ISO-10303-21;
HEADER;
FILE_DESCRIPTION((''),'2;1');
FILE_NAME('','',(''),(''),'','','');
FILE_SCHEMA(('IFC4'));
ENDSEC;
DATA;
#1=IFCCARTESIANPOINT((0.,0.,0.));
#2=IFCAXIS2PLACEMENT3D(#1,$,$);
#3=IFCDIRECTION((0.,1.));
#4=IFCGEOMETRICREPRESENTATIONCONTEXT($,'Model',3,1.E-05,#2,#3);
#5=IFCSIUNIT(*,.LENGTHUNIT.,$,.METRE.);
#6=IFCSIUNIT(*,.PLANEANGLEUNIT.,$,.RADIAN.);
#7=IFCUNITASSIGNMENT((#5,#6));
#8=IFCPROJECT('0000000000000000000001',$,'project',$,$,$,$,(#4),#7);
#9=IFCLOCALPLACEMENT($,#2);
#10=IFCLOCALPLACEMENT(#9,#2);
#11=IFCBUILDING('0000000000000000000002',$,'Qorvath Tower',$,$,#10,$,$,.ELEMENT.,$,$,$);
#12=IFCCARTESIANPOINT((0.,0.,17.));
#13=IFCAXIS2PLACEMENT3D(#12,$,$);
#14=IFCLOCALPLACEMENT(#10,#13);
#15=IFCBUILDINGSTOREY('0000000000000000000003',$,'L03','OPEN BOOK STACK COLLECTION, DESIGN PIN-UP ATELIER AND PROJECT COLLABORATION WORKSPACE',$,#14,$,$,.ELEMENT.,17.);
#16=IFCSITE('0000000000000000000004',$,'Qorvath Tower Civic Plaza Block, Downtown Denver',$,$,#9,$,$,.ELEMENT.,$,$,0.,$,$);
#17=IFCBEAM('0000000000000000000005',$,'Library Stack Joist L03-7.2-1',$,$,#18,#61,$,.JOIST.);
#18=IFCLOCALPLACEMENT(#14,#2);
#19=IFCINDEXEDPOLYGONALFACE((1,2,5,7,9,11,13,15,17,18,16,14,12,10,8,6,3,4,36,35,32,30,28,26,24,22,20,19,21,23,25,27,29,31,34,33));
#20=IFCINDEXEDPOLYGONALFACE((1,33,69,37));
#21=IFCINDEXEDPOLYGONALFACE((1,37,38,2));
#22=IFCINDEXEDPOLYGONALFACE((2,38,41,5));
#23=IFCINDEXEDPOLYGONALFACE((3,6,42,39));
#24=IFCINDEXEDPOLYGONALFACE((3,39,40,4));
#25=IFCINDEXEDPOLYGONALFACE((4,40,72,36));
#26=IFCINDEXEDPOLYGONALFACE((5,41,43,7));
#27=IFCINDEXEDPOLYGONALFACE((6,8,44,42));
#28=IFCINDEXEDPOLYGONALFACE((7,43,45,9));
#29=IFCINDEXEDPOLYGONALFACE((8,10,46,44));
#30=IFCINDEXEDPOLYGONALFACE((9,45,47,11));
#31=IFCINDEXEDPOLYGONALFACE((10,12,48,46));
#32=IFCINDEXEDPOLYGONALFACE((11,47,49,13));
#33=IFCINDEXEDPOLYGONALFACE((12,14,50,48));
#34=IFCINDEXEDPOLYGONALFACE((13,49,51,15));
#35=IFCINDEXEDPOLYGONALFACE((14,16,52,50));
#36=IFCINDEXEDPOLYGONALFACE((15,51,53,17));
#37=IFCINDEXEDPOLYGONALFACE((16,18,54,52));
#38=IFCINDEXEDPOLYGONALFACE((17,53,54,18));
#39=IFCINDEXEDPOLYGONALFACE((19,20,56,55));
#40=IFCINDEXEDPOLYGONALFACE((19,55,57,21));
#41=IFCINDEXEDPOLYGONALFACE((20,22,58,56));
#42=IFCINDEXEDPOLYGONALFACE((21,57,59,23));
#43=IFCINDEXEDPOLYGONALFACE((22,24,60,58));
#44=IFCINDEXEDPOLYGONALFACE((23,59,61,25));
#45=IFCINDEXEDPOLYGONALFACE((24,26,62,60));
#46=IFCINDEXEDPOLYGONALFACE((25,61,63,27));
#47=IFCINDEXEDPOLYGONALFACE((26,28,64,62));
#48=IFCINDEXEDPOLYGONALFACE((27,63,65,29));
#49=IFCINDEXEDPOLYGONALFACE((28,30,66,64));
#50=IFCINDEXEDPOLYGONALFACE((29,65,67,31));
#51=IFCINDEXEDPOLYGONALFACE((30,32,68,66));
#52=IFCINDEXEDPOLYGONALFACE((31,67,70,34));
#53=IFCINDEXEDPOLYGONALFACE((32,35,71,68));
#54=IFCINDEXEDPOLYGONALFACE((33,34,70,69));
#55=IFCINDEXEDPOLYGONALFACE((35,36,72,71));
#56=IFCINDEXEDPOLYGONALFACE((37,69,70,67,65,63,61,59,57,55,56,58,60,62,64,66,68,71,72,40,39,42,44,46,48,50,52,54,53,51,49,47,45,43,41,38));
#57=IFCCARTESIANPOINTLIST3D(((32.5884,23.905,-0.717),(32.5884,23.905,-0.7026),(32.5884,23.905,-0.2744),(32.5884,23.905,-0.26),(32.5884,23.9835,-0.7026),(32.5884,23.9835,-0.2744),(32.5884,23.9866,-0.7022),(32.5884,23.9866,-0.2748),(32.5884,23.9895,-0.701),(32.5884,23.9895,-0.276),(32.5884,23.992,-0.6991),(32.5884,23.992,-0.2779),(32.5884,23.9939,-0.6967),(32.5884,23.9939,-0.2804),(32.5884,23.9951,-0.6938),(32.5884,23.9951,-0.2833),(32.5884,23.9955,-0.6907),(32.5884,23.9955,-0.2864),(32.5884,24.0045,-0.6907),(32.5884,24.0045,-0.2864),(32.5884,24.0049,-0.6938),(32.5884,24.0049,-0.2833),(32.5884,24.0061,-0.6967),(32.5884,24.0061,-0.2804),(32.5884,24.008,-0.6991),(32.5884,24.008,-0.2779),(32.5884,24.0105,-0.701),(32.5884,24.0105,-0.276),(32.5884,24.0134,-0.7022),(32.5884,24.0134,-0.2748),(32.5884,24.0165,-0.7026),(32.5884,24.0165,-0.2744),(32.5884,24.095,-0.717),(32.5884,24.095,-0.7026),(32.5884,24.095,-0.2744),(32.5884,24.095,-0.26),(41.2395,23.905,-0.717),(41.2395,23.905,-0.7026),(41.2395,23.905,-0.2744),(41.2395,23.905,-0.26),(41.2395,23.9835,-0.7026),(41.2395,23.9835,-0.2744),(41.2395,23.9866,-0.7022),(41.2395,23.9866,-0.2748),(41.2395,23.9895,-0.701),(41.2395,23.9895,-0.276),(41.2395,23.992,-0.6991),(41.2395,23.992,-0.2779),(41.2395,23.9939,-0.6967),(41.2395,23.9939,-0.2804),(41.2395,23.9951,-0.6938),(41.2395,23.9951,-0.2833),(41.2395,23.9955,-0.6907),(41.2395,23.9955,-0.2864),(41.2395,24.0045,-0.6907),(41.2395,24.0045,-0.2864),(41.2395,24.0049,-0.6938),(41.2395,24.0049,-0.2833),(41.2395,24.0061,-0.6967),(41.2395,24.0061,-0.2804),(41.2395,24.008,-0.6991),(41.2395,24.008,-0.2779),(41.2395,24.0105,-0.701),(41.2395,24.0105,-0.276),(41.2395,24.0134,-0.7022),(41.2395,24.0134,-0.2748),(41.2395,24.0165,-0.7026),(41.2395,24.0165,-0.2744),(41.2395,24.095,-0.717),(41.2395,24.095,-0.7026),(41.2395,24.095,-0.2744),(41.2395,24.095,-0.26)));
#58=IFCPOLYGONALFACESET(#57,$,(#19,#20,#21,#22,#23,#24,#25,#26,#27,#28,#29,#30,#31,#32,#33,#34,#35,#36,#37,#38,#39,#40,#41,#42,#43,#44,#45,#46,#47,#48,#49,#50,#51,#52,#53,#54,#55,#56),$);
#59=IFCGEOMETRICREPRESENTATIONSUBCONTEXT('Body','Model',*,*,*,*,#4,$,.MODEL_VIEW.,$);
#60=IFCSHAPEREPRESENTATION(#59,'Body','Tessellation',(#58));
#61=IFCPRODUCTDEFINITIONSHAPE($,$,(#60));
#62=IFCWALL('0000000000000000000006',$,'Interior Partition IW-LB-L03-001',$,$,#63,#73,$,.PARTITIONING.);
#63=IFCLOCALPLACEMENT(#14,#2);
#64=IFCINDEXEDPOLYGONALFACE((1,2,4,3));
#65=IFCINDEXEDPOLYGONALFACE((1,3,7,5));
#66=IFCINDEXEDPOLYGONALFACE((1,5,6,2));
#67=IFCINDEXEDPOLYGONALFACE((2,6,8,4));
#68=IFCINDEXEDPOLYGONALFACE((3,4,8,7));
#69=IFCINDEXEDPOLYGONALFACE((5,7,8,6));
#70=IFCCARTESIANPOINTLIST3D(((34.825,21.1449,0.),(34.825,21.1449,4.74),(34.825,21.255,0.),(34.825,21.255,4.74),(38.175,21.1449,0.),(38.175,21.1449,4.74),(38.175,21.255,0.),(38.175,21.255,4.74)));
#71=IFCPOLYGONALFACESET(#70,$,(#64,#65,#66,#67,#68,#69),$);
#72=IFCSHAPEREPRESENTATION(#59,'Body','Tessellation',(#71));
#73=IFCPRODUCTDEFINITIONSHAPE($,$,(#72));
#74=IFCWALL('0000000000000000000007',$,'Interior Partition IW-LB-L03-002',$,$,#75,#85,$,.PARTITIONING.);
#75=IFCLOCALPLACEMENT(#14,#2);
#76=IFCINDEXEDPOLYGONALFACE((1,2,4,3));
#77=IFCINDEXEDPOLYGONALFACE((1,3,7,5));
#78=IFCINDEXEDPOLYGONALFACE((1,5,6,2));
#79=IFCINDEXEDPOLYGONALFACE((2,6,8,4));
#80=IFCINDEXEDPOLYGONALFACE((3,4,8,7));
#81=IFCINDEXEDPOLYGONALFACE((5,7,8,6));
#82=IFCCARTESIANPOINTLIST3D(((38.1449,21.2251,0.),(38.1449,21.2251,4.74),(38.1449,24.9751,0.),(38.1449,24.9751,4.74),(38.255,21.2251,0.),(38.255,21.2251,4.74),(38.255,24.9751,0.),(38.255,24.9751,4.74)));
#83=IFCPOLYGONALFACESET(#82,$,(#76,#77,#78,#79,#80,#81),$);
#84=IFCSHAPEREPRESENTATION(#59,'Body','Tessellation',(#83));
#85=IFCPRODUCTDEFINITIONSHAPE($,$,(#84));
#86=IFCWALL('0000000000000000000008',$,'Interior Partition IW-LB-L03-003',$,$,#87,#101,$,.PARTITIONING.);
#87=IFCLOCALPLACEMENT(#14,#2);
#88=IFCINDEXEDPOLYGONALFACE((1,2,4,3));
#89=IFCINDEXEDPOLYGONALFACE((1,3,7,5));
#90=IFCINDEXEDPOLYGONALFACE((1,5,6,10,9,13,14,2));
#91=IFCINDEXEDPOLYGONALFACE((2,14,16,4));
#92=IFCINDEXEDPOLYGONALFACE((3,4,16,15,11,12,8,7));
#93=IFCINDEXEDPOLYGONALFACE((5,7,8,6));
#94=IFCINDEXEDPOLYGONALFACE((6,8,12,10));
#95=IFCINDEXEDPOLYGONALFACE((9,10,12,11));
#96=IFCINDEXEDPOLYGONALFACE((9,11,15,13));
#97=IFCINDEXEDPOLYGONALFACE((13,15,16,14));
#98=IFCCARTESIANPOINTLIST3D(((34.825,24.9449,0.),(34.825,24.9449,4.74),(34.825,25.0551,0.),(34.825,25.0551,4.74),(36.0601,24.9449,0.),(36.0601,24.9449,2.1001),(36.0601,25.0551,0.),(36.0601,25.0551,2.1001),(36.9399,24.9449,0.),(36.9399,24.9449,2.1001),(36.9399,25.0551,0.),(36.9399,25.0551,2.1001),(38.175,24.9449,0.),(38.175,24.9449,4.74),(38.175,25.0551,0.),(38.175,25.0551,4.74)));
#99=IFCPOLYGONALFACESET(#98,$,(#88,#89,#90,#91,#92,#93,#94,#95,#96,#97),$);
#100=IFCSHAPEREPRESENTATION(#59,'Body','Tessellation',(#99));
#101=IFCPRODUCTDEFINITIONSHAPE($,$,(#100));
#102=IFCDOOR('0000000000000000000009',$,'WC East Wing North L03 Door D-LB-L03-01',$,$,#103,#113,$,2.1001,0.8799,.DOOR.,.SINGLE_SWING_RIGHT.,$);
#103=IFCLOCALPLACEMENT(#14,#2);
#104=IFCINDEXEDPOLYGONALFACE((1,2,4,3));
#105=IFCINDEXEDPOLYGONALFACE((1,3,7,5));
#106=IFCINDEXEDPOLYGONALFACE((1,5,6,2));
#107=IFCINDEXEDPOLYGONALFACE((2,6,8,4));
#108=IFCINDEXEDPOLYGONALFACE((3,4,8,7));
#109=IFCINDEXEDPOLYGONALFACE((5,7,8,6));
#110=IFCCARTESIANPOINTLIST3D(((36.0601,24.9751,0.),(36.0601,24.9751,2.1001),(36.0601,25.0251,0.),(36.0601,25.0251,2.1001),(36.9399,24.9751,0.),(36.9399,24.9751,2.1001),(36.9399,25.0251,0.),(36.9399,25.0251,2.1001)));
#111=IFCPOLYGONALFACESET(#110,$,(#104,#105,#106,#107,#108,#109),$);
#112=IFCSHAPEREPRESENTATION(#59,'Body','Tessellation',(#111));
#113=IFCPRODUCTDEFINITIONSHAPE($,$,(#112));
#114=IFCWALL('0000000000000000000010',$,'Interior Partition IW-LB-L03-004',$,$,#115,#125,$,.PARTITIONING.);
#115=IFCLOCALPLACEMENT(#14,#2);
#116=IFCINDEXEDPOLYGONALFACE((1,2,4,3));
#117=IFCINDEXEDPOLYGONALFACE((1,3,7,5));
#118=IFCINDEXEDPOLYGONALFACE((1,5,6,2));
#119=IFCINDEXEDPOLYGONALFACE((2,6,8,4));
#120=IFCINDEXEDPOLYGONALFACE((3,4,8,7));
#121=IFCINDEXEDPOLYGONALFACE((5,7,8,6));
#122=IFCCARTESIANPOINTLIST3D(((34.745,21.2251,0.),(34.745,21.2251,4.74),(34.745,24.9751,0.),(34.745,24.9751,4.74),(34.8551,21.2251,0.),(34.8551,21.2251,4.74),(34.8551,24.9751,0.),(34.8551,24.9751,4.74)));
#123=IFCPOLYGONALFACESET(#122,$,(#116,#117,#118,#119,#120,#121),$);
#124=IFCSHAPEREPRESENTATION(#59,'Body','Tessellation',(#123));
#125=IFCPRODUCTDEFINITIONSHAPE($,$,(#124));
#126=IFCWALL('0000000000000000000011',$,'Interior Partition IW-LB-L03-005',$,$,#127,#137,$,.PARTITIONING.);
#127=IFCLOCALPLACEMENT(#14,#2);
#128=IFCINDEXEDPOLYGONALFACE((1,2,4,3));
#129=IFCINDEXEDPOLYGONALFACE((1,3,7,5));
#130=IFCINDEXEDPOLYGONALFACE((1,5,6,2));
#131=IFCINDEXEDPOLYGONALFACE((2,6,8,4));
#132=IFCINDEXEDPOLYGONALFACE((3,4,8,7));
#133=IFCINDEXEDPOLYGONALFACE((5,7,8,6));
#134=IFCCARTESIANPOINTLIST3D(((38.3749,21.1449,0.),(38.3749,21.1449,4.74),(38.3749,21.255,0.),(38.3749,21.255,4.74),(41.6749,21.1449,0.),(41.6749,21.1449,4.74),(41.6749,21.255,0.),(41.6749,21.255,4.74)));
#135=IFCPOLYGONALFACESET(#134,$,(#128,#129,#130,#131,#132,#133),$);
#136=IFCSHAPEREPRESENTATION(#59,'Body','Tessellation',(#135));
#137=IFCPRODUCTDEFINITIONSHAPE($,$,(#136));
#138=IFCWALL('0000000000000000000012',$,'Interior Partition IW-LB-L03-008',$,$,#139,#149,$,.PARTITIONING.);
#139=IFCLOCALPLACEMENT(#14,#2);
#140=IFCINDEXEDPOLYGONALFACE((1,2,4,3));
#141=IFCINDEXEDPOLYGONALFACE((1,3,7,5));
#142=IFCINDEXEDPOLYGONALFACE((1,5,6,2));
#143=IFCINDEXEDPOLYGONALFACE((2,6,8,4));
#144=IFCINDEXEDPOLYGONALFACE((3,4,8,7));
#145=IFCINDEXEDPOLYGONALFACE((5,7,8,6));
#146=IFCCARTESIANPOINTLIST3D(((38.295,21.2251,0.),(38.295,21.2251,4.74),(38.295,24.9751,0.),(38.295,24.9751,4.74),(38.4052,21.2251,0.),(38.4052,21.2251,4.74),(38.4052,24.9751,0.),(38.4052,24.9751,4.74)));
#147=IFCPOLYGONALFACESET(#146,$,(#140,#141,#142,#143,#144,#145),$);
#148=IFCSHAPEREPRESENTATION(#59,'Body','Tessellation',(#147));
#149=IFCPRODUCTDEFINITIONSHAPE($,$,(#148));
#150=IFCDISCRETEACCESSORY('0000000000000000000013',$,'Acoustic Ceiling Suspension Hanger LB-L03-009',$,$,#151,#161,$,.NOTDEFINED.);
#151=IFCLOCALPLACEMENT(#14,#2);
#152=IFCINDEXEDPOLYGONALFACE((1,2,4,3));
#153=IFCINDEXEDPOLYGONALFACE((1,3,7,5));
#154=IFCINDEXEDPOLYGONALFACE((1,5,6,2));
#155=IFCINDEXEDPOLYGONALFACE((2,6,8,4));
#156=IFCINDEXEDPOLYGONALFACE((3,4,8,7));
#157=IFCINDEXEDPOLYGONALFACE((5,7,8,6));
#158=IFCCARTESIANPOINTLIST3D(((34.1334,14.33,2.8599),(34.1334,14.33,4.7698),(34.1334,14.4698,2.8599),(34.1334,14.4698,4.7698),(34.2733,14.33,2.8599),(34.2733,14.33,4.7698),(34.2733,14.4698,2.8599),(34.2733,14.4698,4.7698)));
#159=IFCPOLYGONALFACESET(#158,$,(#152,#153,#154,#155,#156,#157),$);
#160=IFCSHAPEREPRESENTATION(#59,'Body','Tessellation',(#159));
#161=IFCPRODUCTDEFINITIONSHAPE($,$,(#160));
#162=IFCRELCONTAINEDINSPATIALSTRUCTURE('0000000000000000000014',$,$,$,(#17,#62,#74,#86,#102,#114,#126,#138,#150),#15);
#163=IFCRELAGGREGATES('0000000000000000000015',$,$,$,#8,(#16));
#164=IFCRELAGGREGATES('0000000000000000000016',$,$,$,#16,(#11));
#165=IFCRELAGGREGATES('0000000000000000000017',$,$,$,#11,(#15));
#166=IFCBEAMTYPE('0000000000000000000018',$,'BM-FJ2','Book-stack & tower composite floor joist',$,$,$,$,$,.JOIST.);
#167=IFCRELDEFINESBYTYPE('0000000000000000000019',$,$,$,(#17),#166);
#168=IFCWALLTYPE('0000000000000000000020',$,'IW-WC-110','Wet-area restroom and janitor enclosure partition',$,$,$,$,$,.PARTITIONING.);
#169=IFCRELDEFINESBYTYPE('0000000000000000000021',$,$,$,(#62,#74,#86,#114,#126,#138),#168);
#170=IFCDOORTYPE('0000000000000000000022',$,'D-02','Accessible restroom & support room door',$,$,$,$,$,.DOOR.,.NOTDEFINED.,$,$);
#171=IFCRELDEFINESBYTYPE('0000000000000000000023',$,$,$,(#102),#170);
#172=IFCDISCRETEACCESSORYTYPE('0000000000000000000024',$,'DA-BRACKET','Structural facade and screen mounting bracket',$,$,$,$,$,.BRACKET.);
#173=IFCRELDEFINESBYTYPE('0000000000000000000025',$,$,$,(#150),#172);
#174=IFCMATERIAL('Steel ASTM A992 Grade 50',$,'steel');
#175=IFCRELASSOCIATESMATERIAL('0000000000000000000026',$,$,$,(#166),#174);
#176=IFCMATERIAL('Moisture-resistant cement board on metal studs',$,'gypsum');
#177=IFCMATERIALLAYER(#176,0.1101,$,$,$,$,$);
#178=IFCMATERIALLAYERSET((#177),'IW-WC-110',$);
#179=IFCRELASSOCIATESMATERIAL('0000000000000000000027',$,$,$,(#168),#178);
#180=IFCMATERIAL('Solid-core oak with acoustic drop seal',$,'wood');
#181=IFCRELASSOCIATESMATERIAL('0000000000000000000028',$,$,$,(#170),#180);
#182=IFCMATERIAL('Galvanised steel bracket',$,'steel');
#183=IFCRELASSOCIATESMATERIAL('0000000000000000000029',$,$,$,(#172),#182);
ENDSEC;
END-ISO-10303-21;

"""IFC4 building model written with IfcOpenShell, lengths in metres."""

from ifc_helpers import new_model, si_unit, direction, frame, frame_2d, origin, origin_2d, place, context, subcontext, project, spatial, rectangle, i_section, extrude, material, layer, layer_set, material_profile, profile_set, type_object, element, fill, save


model = new_model("IFC4")

# Units and contexts
model_context = context("Model", 3, precision=1e-05, world=origin(), true_north=direction((0.0, 1.0)))
body_context = subcontext(model_context, "Body", "Model", "MODEL_VIEW")
ifc_project = project(units=[si_unit("LENGTHUNIT", "METRE"), si_unit("PLANEANGLEUNIT", "RADIAN")], contexts=[model_context])

# Site, building, storey
site_placement = place(None, origin())
site = spatial("IfcSite", under=ifc_project, at=site_placement, Name="Qorvath Tower Civic Plaza Block, Downtown Denver", CompositionType="ELEMENT", RefElevation=0.0)
building_placement = place(site_placement, origin())
building = spatial("IfcBuilding", under=site, at=building_placement, Name="Qorvath Tower", CompositionType="ELEMENT")
storey_placement = place(building_placement, frame((0.0, 0.0, 17.0)))
storey = spatial("IfcBuildingStorey", under=building, at=storey_placement, Name="L03", Description="OPEN BOOK STACK COLLECTION, DESIGN PIN-UP ATELIER AND PROJECT COLLABORATION WORKSPACE", CompositionType="ELEMENT", Elevation=17.0)

# Beam
ifc_material_1 = material(Name="Steel ASTM A992 Grade 50", Category="steel")
ifc_material_profile_1 = material_profile(ifc_material_1, i_section(OverallWidth=0.1899, OverallDepth=0.457, WebThickness=0.009, FlangeThickness=0.0144, FilletRadius=0.012, at=origin_2d()), Name="W18x50")
ifc_profile_set_1 = profile_set([ifc_material_profile_1], Name="Steel ASTM A992 Grade 50")
beam_type_1 = type_object("IfcBeamType", Name="BM-FJ2", Description="Book-stack & tower composite floor joist", PredefinedType="JOIST", material=ifc_profile_set_1)
for number, where, z_axis, x_axis, name in (
    (1, (32.5884, 24.0, -0.4885), (1.0, 0.0, 0.0), (0.0, 1.0, 0.0), "Library Stack Joist L03-7.2-1"),
):
    element("IfcBeam", number, at=place(storey_placement, frame(where, z_axis=z_axis, x_axis=x_axis)), inside=storey, type_object=beam_type_1, Name=name, PredefinedType="JOIST", context=body_context, shape_type="SweptSolid", body=[
        extrude(i_section(OverallWidth=0.1899, OverallDepth=0.457, WebThickness=0.009, FlangeThickness=0.0144, FilletRadius=0.012, at=origin_2d()), origin(), (0.0, 0.0, 1.0), 8.6511),
    ])

# Walls
ifc_material_2 = material(Name="Moisture-resistant cement board on metal studs", Category="gypsum")
ifc_layer = layer(ifc_material_2, 0.1101)
ifc_layer_set = layer_set([ifc_layer], Name="IW-WC-110")
wall_type = type_object("IfcWallType", Name="IW-WC-110", Description="Wet-area restroom and janitor enclosure partition", PredefinedType="PARTITIONING", material=ifc_layer_set)
wall_1_placement = place(storey_placement, frame((34.825, 21.2, 0.0), z_axis=(0.0, 0.0, 1.0), x_axis=(1.0, 0.0, 0.0)))
element("IfcWall", 2, at=wall_1_placement, inside=storey, type_object=wall_type, Name="Interior Partition IW-LB-L03-001", PredefinedType="PARTITIONING", context=body_context, shape_type="SweptSolid", body=[
    extrude(rectangle(XDim=3.3501, YDim=0.1101, at=frame_2d((1.675, 0.0))), origin(), (0.0, 0.0, 1.0), 4.74),
])
wall_2_placement = place(storey_placement, frame((38.2, 21.2251, 0.0), z_axis=(0.0, 0.0, 1.0), x_axis=(0.0, 1.0, 0.0)))
element("IfcWall", 3, at=wall_2_placement, inside=storey, type_object=wall_type, Name="Interior Partition IW-LB-L03-002", PredefinedType="PARTITIONING", context=body_context, shape_type="SweptSolid", body=[
    extrude(rectangle(XDim=3.75, YDim=0.1101, at=frame_2d((1.875, 0.0))), origin(), (0.0, 0.0, 1.0), 4.74),
])

# Wall, opening, door
wall_3_placement = place(storey_placement, frame((38.175, 25.0, 0.0), z_axis=(0.0, 0.0, 1.0), x_axis=(-1.0, 0.0, 0.0)))
wall_3 = element("IfcWall", 4, at=wall_3_placement, inside=storey, type_object=wall_type, Name="Interior Partition IW-LB-L03-003", PredefinedType="PARTITIONING", context=body_context, shape_type="SweptSolid", body=[
    extrude(rectangle(XDim=3.3501, YDim=0.1101, at=frame_2d((1.675, 0.0))), origin(), (0.0, 0.0, 1.0), 4.74),
])
opening_placement = place(wall_3_placement, frame((1.2351, 0.0, 0.0)))
opening = element("IfcOpeningElement", 5, at=opening_placement, cuts=wall_3, PredefinedType="OPENING", context=body_context, shape_type="SweptSolid", body=[
    extrude(rectangle(XDim=0.8799, YDim=2.1001, at=frame_2d((0.4399, 1.05))), frame((0.0, 0.0649, 0.0), z_axis=(0.0, -1.0, 0.0), x_axis=(1.0, 0.0, 0.0)), (0.0, 0.0, 1.0), 0.1301),
])
ifc_material_3 = material(Name="Solid-core oak with acoustic drop seal", Category="wood")
door_type = type_object("IfcDoorType", Name="D-02", Description="Accessible restroom & support room door", OperationType="NOTDEFINED", PredefinedType="DOOR", material=ifc_material_3)
door_placement = place(opening_placement, origin())
door = element("IfcDoor", 6, at=door_placement, inside=storey, type_object=door_type, Name="WC East Wing North L03 Door D-LB-L03-01", OperationType="SINGLE_SWING_RIGHT", OverallHeight=2.1001, OverallWidth=0.8799, PredefinedType="DOOR", context=body_context, shape_type="SweptSolid", body=[
    extrude(rectangle(XDim=0.8799, YDim=2.1001, at=frame_2d((0.4399, 1.05))), frame((0.0, 0.0249, 0.0), z_axis=(0.0, -1.0, 0.0), x_axis=(1.0, 0.0, 0.0)), (0.0, 0.0, 1.0), 0.05),
])
fill(opening, door)

# Walls
wall_4_placement = place(storey_placement, frame((34.8, 24.9751, 0.0), z_axis=(0.0, 0.0, 1.0), x_axis=(0.0, -1.0, 0.0)))
element("IfcWall", 7, at=wall_4_placement, inside=storey, type_object=wall_type, Name="Interior Partition IW-LB-L03-004", PredefinedType="PARTITIONING", context=body_context, shape_type="SweptSolid", body=[
    extrude(rectangle(XDim=3.75, YDim=0.1101, at=frame_2d((1.875, 0.0))), origin(), (0.0, 0.0, 1.0), 4.74),
])
wall_5_placement = place(storey_placement, frame((38.375, 21.2, 0.0), z_axis=(0.0, 0.0, 1.0), x_axis=(1.0, 0.0, 0.0)))
element("IfcWall", 8, at=wall_5_placement, inside=storey, type_object=wall_type, Name="Interior Partition IW-LB-L03-005", PredefinedType="PARTITIONING", context=body_context, shape_type="SweptSolid", body=[
    extrude(rectangle(XDim=3.3, YDim=0.1101, at=frame_2d((1.6499, 0.0))), origin(), (0.0, 0.0, 1.0), 4.74),
])
wall_6_placement = place(storey_placement, frame((38.3501, 24.9751, 0.0), z_axis=(0.0, 0.0, 1.0), x_axis=(0.0, -1.0, 0.0)))
element("IfcWall", 9, at=wall_6_placement, inside=storey, type_object=wall_type, Name="Interior Partition IW-LB-L03-008", PredefinedType="PARTITIONING", context=body_context, shape_type="SweptSolid", body=[
    extrude(rectangle(XDim=3.75, YDim=0.1101, at=frame_2d((1.875, 0.0))), origin(), (0.0, 0.0, 1.0), 4.74),
])

# Discrete accessory
ifc_material_4 = material(Name="Galvanised steel bracket", Category="steel")
discrete_accessory_type = type_object("IfcDiscreteAccessoryType", Name="DA-BRACKET", Description="Structural facade and screen mounting bracket", PredefinedType="BRACKET", material=ifc_material_4)
discrete_accessory_placement = place(storey_placement, frame((34.2034, 14.3999, 2.8599), z_axis=(0.0, 0.0, 1.0), x_axis=(1.0, 0.0, 0.0)))
element("IfcDiscreteAccessory", 10, at=discrete_accessory_placement, inside=storey, type_object=discrete_accessory_type, Name="Acoustic Ceiling Suspension Hanger LB-L03-009", PredefinedType="NOTDEFINED", context=body_context, shape_type="SweptSolid", body=[
    extrude(rectangle(XDim=0.1399, YDim=0.1399, at=origin_2d()), origin(), (0.0, 0.0, 1.0), 1.9099),
])

save(model, "model.ifc")
